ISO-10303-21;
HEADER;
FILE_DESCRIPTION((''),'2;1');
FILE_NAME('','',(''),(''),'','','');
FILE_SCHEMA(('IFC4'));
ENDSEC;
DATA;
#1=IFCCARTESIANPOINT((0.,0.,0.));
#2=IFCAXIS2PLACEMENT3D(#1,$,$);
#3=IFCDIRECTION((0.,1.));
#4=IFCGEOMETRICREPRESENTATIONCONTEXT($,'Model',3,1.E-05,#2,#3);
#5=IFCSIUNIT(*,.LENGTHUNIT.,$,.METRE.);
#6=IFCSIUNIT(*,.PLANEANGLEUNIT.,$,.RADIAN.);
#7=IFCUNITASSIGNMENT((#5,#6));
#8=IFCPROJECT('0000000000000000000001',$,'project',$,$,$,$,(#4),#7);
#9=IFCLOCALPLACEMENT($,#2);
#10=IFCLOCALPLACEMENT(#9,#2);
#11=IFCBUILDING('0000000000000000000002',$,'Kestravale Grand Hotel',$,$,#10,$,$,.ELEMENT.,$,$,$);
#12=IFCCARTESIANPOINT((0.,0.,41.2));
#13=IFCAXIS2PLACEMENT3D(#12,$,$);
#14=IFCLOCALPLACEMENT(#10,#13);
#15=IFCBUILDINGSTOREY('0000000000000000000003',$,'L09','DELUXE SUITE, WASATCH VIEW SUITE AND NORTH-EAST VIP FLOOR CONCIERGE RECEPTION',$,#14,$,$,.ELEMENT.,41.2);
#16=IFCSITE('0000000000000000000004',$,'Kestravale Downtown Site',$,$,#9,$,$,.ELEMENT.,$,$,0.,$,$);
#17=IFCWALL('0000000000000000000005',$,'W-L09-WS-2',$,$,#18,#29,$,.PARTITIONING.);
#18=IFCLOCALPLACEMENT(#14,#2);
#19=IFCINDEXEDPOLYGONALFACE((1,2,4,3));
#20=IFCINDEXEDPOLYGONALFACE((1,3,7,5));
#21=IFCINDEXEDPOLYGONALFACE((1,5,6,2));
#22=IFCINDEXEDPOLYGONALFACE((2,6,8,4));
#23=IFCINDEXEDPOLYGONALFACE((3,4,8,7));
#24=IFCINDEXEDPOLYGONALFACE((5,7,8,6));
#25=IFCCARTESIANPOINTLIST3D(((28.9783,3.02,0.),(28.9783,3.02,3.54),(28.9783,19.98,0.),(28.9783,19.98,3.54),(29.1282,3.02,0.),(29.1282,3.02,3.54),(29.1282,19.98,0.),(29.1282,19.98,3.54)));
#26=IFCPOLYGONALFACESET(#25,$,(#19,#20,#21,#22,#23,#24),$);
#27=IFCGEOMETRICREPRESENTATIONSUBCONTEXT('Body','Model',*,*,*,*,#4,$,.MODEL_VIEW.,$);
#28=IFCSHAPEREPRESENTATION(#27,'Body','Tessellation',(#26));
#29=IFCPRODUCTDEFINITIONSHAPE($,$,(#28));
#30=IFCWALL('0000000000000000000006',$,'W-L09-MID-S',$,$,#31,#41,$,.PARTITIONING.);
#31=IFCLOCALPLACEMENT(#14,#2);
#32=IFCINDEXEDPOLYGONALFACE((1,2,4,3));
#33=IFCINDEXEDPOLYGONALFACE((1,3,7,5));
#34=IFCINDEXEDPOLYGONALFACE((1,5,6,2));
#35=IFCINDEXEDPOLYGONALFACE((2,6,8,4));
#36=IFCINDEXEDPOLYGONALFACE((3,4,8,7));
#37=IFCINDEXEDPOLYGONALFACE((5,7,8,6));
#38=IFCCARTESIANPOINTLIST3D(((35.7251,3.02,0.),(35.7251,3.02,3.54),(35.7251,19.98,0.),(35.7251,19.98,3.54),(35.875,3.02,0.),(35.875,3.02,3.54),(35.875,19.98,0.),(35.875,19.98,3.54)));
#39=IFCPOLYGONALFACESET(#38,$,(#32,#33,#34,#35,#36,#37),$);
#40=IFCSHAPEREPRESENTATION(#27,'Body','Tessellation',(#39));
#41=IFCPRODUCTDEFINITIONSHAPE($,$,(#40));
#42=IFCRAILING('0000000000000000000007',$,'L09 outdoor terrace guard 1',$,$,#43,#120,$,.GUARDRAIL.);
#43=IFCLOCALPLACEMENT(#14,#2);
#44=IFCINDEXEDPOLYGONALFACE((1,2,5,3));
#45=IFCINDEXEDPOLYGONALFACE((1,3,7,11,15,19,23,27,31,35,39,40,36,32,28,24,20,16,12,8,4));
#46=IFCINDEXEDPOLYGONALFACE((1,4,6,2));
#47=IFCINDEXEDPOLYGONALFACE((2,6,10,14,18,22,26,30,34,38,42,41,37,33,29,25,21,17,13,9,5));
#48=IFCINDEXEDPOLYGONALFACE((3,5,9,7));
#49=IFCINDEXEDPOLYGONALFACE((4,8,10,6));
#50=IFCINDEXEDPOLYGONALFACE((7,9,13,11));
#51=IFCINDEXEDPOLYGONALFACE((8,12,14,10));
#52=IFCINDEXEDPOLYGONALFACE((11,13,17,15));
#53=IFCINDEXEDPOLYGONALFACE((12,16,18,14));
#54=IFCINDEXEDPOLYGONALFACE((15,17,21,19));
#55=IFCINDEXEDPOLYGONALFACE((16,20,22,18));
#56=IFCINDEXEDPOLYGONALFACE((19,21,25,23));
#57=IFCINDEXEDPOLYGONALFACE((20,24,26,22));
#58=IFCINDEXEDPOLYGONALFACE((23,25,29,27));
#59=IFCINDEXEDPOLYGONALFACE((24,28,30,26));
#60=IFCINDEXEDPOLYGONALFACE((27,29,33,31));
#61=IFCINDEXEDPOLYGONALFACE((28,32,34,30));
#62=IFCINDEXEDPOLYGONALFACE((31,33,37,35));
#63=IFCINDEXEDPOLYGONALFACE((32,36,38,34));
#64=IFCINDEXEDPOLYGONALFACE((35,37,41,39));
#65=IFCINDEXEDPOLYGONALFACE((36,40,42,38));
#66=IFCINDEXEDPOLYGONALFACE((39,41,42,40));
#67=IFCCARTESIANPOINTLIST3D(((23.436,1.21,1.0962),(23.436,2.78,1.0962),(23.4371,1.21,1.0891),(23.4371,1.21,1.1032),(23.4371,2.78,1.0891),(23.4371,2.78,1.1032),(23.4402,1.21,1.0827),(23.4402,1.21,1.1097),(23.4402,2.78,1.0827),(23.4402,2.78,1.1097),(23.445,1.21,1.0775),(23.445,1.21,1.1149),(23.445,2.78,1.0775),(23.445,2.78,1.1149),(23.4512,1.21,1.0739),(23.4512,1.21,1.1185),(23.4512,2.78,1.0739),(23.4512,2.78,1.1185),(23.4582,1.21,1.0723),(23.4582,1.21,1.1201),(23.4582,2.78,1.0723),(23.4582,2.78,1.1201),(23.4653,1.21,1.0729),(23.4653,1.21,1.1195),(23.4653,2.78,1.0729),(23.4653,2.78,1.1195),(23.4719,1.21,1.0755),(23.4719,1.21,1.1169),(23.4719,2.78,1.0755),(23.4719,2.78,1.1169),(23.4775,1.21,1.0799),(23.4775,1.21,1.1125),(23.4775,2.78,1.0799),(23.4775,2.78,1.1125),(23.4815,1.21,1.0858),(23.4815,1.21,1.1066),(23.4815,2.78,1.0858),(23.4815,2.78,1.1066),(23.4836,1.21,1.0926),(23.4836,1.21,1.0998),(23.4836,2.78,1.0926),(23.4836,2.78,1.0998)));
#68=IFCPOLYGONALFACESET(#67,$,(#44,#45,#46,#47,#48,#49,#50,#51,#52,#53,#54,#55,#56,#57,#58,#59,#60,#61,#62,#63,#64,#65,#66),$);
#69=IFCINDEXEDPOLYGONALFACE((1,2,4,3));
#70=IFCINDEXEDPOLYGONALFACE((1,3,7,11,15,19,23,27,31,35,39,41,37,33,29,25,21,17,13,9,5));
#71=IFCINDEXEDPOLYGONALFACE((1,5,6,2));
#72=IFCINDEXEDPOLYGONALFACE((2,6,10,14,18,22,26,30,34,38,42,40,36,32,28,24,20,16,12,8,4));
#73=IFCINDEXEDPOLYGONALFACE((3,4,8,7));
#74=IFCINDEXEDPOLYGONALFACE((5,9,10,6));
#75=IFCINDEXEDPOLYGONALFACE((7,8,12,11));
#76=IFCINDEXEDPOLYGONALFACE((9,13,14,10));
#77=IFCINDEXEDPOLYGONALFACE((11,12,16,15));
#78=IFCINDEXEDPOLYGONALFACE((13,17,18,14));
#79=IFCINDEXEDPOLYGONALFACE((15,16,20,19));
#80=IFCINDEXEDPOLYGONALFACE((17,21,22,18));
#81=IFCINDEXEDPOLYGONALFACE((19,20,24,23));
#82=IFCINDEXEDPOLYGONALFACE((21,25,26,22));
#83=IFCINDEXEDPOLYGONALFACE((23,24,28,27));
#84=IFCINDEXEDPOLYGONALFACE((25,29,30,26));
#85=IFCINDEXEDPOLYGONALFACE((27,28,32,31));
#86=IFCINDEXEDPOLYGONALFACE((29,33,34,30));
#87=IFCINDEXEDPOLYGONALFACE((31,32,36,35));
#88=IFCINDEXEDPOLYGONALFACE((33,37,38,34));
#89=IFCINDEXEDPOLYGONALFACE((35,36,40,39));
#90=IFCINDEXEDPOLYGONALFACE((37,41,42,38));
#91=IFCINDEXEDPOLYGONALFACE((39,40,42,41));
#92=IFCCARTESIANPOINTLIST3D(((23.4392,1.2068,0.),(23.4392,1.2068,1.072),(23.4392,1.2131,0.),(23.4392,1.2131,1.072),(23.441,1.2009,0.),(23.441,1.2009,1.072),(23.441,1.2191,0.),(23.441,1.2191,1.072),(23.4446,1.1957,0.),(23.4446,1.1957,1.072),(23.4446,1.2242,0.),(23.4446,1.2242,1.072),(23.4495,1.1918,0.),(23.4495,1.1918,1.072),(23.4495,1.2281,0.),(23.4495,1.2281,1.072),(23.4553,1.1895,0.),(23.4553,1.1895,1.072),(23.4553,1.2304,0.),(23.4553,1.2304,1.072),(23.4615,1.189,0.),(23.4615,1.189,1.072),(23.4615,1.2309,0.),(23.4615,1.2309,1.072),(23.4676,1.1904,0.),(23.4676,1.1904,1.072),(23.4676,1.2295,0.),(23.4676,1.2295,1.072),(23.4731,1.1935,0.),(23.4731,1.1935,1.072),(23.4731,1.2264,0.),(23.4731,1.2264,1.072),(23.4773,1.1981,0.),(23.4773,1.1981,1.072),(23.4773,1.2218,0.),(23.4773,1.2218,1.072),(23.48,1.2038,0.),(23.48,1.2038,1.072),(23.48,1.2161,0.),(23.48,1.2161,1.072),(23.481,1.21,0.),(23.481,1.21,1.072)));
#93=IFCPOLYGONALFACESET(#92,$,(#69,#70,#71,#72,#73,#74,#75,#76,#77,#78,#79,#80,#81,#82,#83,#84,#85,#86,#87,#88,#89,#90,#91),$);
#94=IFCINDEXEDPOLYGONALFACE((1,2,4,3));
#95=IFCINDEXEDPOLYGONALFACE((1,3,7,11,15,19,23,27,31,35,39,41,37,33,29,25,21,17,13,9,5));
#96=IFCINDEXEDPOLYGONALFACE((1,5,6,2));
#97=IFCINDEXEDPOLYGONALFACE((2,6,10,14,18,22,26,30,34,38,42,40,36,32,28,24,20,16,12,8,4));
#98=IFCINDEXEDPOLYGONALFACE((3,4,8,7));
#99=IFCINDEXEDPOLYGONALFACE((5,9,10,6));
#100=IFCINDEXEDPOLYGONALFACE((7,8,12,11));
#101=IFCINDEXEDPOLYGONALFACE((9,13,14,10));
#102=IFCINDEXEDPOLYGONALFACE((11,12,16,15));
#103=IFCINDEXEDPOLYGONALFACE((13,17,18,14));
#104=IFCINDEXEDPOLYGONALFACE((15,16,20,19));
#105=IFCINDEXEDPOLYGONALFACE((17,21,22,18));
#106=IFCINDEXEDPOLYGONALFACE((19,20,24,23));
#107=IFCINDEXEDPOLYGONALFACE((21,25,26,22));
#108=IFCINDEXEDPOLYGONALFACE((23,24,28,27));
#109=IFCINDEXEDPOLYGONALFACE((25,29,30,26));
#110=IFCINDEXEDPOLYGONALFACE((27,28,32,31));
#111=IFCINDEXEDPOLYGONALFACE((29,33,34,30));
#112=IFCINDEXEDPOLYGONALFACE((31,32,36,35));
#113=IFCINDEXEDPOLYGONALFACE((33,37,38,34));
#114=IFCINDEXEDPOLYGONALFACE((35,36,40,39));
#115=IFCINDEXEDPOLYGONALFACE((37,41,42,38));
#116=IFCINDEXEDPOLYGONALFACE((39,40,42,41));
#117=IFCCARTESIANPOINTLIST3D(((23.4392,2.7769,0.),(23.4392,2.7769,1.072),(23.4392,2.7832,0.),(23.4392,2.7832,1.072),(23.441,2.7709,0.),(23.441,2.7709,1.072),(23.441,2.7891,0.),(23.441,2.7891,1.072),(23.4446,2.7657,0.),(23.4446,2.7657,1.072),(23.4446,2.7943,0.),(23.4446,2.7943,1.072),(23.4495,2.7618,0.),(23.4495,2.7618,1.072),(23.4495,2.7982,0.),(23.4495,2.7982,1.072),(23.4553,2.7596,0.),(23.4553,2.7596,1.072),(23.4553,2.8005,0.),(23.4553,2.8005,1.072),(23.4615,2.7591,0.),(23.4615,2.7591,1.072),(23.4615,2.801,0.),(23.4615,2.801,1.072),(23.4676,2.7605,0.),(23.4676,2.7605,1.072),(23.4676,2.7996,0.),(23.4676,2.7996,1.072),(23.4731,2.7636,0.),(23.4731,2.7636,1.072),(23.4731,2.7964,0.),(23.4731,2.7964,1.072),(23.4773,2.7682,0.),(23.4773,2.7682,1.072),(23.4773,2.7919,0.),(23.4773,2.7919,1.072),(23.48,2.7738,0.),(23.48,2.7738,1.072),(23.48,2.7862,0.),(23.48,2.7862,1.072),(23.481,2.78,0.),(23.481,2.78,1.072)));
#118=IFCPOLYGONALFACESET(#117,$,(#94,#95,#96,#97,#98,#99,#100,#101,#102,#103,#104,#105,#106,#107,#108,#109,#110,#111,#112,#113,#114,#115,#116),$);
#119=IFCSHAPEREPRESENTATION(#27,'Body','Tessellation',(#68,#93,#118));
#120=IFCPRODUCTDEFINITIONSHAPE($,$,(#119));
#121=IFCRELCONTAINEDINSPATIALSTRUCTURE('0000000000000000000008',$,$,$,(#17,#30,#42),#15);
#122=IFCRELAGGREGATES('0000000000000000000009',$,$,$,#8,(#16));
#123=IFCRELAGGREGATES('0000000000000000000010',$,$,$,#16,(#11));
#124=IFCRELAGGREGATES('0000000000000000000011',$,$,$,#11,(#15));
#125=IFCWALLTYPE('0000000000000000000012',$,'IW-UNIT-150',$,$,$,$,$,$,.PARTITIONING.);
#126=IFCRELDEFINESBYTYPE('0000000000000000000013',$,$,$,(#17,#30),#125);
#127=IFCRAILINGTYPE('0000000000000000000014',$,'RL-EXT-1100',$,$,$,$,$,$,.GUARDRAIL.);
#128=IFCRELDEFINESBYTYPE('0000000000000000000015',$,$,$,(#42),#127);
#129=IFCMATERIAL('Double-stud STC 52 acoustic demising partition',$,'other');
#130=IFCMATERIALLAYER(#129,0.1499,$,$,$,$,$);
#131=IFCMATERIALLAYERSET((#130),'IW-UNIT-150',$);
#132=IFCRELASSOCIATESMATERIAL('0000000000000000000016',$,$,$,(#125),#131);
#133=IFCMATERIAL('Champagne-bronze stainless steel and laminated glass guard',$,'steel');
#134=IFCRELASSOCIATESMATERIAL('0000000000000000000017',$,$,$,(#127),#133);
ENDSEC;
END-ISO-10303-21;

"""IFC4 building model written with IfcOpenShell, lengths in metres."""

from ifc_helpers import new_model, si_unit, direction, frame, frame_2d, origin, origin_2d, place, context, subcontext, project, spatial, rectangle, circle, extrude, material, layer, layer_set, type_object, element, save


model = new_model("IFC4")

# Units and contexts
model_context = context("Model", 3, precision=1e-05, world=origin(), true_north=direction((0.0, 1.0)))
body_context = subcontext(model_context, "Body", "Model", "MODEL_VIEW")
ifc_project = project(units=[si_unit("LENGTHUNIT", "METRE"), si_unit("PLANEANGLEUNIT", "RADIAN")], contexts=[model_context])

# Site, building, storey
site_placement = place(None, origin())
site = spatial("IfcSite", under=ifc_project, at=site_placement, Name="Kestravale Downtown Site", CompositionType="ELEMENT", RefElevation=0.0)
building_placement = place(site_placement, origin())
building = spatial("IfcBuilding", under=site, at=building_placement, Name="Kestravale Grand Hotel", CompositionType="ELEMENT")
storey_placement = place(building_placement, frame((0.0, 0.0, 41.2)))
storey = spatial("IfcBuildingStorey", under=building, at=storey_placement, Name="L09", Description="DELUXE SUITE, WASATCH VIEW SUITE AND NORTH-EAST VIP FLOOR CONCIERGE RECEPTION", CompositionType="ELEMENT", Elevation=41.2)

# Walls
ifc_material_1 = material(Name="Double-stud STC 52 acoustic demising partition", Category="other")
ifc_layer = layer(ifc_material_1, 0.1499)
ifc_layer_set = layer_set([ifc_layer], Name="IW-UNIT-150")
wall_type = type_object("IfcWallType", Name="IW-UNIT-150", PredefinedType="PARTITIONING", material=ifc_layer_set)
for number, where, z_axis, x_axis, name in (
    (1, (29.0532, 3.02, 0.0), (0.0, 0.0, 1.0), (0.0, 1.0, 0.0), "W-L09-WS-2"),
    (2, (35.8, 3.02, 0.0), (0.0, 0.0, 1.0), (0.0, 1.0, 0.0), "W-L09-MID-S"),
):
    element("IfcWall", number, at=place(storey_placement, frame(where, z_axis=z_axis, x_axis=x_axis)), inside=storey, type_object=wall_type, Name=name, PredefinedType="PARTITIONING", context=body_context, shape_type="SweptSolid", body=[
        extrude(rectangle(XDim=16.96, YDim=0.1499, at=frame_2d((8.48, 0.0))), origin(), (0.0, 0.0, 1.0), 3.54),
    ])

# Railing
ifc_material_2 = material(Name="Champagne-bronze stainless steel and laminated glass guard", Category="steel")
railing_type = type_object("IfcRailingType", Name="RL-EXT-1100", PredefinedType="GUARDRAIL", material=ifc_material_2)
railing_1_placement = place(storey_placement, frame((23.46, 1.21, 0.0)))
element("IfcRailing", 3, at=railing_1_placement, inside=storey, type_object=railing_type, Name="L09 outdoor terrace guard 1", PredefinedType="GUARDRAIL", context=body_context, shape_type="SweptSolid", body=[
    extrude(circle(Radius=0.0239, at=origin_2d()), frame((0.0, 0.0, 1.0962), z_axis=(0.0, 1.0, 0.0), x_axis=(-1.0, 0.0, 0.0)), (0.0, 0.0, 1.0), 1.5701),
    extrude(circle(Radius=0.021, at=origin_2d()), origin(), (0.0, 0.0, 1.0), 1.072),
    extrude(circle(Radius=0.021, at=origin_2d()), frame((0.0, 1.5701, 0.0)), (0.0, 0.0, 1.0), 1.072),
])

save(model, "model.ifc")
